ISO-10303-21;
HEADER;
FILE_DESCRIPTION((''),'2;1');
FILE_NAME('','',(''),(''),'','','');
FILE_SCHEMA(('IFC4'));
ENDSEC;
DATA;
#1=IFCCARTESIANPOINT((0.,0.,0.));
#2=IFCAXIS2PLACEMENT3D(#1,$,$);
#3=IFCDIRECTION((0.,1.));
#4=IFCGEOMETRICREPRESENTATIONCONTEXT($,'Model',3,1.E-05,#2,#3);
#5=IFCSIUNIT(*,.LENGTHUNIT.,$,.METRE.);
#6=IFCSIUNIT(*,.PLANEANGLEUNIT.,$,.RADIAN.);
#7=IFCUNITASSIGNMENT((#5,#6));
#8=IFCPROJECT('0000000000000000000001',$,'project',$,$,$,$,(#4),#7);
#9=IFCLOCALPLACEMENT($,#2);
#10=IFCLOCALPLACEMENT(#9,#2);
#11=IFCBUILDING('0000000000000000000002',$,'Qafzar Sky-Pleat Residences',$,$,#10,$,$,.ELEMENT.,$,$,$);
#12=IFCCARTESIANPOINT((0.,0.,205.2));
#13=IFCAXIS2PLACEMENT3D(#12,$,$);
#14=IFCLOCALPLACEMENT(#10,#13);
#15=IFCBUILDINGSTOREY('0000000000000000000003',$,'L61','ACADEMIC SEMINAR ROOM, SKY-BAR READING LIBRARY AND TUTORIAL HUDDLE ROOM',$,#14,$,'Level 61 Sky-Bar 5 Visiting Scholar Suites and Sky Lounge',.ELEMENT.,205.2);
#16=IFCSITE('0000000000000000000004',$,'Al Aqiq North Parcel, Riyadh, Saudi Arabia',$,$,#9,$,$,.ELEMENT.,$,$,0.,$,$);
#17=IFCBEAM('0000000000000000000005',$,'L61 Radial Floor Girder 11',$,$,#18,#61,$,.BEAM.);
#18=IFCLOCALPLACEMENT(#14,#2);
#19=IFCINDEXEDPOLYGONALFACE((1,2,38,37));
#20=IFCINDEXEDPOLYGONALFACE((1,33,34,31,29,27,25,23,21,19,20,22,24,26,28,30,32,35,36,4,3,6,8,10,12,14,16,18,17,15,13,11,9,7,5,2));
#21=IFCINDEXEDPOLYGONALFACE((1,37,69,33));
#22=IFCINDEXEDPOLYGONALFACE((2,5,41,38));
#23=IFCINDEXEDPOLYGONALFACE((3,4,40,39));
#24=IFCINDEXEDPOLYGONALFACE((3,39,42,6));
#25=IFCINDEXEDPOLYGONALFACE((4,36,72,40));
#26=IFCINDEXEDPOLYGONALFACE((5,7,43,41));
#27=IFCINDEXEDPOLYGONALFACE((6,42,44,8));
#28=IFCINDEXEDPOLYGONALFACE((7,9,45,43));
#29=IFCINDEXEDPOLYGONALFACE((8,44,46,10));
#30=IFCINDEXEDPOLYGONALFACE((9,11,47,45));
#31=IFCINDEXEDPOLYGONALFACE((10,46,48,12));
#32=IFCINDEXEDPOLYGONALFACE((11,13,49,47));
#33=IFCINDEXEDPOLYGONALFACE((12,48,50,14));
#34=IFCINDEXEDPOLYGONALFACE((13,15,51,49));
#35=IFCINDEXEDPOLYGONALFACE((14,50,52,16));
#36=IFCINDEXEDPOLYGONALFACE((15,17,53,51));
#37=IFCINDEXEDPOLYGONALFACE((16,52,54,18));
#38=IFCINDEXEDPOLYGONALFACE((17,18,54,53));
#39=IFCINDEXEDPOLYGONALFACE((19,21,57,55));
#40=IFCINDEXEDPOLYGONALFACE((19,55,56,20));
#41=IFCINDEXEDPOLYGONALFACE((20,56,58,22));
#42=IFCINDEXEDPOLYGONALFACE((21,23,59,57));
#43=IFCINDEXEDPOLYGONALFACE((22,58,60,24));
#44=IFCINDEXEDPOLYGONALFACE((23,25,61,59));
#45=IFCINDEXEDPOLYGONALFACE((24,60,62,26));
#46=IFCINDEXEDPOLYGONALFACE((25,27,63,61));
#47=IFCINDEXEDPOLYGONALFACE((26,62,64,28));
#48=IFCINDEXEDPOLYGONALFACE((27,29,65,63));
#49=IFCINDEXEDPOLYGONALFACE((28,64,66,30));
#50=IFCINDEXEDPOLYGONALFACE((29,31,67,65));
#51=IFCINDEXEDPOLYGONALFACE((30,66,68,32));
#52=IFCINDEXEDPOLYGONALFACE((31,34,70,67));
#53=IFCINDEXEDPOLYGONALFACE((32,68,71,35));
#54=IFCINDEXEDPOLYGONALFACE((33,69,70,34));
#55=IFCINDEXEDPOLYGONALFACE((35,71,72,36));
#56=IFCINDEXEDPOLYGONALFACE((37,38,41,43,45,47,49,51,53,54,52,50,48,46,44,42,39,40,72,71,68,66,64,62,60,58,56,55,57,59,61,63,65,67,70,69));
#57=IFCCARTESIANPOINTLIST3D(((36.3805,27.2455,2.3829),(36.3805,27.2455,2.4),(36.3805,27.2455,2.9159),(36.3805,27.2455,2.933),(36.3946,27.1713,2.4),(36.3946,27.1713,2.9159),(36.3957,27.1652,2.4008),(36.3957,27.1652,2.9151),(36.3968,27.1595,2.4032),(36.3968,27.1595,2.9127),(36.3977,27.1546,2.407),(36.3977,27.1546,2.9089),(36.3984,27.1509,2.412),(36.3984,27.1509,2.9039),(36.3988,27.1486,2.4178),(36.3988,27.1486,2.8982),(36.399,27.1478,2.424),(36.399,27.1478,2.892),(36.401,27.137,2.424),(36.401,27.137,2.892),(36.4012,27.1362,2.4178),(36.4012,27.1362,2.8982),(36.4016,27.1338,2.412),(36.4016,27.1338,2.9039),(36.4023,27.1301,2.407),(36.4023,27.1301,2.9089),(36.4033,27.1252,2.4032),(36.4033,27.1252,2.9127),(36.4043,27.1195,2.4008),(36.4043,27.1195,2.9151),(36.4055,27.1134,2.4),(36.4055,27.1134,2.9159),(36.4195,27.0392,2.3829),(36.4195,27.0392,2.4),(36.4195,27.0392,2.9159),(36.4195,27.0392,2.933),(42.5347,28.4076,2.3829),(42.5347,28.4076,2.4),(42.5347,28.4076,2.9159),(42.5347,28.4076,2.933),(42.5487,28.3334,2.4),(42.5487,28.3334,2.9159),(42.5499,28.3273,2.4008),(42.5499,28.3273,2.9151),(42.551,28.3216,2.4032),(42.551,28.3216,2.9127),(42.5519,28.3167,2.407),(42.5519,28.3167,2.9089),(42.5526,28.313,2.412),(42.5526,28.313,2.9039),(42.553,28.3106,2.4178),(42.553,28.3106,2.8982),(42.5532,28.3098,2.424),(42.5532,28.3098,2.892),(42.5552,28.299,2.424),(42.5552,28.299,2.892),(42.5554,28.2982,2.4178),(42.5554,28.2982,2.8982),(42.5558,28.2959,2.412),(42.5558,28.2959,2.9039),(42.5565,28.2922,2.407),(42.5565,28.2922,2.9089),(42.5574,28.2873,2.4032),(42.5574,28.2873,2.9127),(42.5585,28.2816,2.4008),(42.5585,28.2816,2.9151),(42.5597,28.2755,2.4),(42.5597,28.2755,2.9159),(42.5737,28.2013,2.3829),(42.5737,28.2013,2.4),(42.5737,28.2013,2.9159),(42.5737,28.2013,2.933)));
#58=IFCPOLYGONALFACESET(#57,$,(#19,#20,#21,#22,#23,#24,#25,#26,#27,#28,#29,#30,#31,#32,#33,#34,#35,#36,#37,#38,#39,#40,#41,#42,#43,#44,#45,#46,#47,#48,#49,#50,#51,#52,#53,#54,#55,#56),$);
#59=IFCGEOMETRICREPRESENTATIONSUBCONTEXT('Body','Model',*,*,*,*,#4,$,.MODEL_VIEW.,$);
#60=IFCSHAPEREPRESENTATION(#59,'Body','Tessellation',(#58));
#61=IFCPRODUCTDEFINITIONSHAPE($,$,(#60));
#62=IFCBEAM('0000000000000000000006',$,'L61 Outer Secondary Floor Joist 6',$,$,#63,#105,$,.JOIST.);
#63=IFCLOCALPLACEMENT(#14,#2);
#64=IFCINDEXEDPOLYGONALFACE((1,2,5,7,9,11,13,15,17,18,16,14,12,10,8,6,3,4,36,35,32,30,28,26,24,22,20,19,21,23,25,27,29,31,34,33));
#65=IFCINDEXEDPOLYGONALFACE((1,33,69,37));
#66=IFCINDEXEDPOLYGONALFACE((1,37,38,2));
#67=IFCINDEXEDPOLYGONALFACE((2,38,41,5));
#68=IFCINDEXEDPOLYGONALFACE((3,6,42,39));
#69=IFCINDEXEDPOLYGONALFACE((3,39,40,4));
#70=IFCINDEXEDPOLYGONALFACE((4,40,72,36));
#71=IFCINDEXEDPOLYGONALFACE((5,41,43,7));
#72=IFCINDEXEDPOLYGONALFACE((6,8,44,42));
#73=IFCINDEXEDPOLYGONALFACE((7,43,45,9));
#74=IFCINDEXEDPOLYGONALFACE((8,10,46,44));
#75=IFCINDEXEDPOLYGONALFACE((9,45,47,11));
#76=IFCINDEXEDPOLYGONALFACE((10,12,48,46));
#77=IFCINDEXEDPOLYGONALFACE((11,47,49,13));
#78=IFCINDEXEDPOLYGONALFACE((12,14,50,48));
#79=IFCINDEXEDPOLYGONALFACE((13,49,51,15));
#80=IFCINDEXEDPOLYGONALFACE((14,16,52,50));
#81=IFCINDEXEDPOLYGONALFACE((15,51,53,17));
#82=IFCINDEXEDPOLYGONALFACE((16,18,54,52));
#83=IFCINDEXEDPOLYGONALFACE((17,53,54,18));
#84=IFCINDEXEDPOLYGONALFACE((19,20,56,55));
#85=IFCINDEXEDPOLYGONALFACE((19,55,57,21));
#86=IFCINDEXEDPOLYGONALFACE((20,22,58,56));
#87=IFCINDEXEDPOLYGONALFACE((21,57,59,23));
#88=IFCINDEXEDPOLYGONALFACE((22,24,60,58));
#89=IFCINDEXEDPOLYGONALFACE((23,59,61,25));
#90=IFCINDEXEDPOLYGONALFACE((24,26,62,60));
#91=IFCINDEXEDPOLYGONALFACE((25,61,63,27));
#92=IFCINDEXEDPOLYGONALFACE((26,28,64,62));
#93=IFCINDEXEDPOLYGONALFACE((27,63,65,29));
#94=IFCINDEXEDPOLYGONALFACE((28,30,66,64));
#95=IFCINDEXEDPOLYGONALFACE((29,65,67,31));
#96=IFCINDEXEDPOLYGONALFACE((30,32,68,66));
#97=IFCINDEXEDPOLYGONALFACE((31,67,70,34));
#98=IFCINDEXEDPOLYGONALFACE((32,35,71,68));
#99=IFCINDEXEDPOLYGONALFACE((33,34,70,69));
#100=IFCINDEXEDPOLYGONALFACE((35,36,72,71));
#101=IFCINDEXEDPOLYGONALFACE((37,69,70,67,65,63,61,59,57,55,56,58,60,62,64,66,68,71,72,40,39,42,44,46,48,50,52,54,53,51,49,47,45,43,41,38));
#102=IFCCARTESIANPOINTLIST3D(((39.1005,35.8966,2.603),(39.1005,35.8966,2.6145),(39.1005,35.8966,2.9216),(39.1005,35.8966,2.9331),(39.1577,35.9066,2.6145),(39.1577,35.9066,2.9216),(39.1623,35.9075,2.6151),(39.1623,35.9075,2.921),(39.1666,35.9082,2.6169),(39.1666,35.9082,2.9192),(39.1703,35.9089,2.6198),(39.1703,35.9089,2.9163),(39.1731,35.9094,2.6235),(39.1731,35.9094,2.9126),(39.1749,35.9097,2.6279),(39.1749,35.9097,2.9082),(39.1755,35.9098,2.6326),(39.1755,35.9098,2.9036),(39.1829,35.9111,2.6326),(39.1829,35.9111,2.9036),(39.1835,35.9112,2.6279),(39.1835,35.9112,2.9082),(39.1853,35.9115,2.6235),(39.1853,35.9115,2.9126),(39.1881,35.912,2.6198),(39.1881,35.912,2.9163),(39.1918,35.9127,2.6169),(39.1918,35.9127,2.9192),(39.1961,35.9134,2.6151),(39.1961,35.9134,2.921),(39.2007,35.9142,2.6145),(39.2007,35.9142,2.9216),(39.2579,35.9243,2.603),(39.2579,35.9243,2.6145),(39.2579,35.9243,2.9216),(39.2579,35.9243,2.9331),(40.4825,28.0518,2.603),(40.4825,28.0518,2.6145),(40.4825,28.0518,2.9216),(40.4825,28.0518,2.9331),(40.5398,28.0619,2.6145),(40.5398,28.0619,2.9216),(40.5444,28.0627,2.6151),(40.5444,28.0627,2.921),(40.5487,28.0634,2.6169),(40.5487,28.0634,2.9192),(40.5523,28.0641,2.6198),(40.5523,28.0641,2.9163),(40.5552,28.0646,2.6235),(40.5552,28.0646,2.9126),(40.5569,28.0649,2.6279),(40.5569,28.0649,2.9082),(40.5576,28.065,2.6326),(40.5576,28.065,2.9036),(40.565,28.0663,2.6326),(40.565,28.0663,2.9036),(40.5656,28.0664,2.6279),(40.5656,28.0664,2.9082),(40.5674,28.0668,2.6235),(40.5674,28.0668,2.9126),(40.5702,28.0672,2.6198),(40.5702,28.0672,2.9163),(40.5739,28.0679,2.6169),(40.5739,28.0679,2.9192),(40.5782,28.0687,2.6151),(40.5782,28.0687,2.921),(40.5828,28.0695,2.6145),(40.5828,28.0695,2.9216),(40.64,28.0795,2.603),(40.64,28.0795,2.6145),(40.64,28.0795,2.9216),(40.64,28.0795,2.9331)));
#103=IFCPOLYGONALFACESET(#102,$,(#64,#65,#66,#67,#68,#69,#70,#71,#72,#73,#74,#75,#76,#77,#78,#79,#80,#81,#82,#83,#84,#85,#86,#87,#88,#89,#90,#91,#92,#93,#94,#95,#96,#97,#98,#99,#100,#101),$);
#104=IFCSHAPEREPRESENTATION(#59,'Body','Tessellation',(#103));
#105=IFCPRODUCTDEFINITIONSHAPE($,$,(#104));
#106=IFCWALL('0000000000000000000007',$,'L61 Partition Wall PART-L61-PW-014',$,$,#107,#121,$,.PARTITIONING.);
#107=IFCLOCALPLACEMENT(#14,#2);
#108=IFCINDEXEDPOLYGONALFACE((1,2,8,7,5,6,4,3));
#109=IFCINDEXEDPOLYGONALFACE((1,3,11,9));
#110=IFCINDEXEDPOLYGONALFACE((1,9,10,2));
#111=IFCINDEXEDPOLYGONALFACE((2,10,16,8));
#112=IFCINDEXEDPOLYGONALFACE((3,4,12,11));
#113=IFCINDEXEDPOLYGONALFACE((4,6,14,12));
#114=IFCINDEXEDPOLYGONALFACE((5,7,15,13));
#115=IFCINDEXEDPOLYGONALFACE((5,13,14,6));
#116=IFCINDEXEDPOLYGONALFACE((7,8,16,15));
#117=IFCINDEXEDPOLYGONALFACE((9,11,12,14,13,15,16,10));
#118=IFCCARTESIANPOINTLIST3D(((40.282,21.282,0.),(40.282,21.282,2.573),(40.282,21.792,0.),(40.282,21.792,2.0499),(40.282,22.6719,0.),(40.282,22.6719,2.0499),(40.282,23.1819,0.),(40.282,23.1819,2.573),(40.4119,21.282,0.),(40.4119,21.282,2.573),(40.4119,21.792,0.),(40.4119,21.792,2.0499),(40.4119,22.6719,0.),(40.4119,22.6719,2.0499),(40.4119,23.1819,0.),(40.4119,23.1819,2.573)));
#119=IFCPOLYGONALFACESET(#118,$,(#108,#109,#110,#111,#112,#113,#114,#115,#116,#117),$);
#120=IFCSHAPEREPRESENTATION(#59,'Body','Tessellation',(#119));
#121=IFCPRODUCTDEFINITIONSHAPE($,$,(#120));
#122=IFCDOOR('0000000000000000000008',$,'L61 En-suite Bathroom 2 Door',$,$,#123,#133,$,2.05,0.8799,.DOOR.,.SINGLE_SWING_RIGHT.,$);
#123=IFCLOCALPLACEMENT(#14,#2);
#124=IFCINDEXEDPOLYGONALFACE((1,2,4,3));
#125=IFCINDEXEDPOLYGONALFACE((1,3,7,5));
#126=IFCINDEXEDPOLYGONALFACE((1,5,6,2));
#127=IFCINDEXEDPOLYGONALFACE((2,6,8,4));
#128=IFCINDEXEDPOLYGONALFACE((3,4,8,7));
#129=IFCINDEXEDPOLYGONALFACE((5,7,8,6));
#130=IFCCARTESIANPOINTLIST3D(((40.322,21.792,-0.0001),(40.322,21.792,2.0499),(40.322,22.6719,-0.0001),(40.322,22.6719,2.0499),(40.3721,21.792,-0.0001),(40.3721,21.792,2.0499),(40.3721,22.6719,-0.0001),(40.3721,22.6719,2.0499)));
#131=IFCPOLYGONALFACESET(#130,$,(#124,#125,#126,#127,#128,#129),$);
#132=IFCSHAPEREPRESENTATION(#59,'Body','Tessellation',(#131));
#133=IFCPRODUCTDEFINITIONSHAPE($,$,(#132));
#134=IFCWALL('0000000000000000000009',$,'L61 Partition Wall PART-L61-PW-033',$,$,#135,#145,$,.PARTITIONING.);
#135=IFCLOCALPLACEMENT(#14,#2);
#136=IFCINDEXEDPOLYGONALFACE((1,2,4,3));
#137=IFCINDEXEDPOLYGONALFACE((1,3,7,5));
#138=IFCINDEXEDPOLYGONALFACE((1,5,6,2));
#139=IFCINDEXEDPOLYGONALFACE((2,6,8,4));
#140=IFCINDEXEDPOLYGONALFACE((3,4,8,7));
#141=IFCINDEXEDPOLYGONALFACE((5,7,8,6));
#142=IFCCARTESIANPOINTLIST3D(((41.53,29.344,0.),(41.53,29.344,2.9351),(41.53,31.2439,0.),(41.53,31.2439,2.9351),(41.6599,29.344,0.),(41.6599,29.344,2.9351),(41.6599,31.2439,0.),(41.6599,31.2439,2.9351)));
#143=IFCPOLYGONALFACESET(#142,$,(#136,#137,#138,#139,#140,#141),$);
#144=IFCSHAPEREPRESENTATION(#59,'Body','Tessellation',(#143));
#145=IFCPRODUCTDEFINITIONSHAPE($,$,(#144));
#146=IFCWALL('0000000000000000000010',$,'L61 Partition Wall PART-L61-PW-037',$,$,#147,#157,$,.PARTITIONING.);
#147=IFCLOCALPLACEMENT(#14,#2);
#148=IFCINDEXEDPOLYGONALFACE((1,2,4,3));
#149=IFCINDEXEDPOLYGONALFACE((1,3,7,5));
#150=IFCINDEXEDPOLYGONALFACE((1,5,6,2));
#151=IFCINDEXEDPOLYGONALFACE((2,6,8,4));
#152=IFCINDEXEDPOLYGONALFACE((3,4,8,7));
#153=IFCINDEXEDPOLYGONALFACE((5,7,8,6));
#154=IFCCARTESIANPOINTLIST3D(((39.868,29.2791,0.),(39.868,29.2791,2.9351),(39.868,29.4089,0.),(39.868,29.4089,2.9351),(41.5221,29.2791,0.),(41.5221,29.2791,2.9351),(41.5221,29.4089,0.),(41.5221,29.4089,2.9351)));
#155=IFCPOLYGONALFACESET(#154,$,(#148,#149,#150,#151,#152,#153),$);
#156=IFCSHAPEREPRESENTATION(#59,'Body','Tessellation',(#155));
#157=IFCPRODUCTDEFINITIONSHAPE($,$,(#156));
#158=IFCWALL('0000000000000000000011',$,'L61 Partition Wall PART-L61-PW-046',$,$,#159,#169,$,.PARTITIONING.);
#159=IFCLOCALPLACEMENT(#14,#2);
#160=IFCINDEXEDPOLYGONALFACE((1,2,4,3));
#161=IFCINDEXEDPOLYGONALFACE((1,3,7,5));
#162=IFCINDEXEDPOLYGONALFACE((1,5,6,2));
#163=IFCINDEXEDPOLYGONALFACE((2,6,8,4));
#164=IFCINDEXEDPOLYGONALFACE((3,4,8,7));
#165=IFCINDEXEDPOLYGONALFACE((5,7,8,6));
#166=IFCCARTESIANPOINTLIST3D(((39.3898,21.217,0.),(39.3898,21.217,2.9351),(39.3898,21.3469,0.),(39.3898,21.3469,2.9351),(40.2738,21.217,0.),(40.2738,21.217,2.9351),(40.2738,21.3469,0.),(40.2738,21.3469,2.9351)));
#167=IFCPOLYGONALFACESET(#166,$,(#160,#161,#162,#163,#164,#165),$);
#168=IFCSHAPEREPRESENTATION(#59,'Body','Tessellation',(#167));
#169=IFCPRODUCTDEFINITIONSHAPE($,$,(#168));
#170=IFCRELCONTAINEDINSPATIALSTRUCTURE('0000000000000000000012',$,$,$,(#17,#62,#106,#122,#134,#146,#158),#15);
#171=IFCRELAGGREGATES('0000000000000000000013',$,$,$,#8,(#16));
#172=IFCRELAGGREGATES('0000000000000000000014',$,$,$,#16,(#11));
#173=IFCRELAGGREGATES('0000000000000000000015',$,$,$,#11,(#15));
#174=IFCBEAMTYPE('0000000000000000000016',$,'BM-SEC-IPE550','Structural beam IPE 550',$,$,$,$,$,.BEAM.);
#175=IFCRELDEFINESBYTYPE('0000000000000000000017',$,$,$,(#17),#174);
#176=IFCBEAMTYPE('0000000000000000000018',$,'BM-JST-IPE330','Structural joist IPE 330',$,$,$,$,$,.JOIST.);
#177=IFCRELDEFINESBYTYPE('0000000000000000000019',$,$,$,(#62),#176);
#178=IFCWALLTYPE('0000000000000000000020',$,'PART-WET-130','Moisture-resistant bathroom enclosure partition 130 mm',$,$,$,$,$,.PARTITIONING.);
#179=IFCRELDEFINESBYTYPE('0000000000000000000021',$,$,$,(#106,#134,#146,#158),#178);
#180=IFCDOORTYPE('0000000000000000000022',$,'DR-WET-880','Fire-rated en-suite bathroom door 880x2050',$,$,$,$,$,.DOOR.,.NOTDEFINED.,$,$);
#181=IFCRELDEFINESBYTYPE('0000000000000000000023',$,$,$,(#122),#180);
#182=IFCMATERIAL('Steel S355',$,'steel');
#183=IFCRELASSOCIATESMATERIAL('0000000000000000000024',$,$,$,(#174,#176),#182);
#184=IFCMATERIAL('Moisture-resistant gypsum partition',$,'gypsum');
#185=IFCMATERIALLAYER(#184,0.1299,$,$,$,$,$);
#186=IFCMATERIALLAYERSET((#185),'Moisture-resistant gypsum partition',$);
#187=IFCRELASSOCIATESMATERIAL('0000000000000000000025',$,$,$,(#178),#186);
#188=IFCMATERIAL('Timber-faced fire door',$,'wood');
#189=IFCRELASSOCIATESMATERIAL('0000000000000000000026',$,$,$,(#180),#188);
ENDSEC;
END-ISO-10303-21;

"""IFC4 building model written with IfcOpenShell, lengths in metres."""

from ifc_helpers import new_model, si_unit, direction, frame, frame_2d, origin, origin_2d, place, context, subcontext, project, spatial, rectangle, i_section, extrude, source, transform, mapped, material, layer, layer_set, material_profile, profile_set, type_object, element, fill, save


model = new_model("IFC4")

# Units and contexts
model_context = context("Model", 3, precision=1e-05, world=origin(), true_north=direction((0.0, 1.0)))
body_context = subcontext(model_context, "Body", "Model", "MODEL_VIEW")
ifc_project = project(units=[si_unit("LENGTHUNIT", "METRE"), si_unit("PLANEANGLEUNIT", "RADIAN")], contexts=[model_context])

# Site, building, storey
site_placement = place(None, origin())
site = spatial("IfcSite", under=ifc_project, at=site_placement, Name="Al Aqiq North Parcel, Riyadh, Saudi Arabia", CompositionType="ELEMENT", RefElevation=0.0)
building_placement = place(site_placement, origin())
building = spatial("IfcBuilding", under=site, at=building_placement, Name="Qafzar Sky-Pleat Residences", CompositionType="ELEMENT")
storey_placement = place(building_placement, frame((0.0, 0.0, 205.2)))
storey = spatial("IfcBuildingStorey", under=building, at=storey_placement, Name="L61", Description="ACADEMIC SEMINAR ROOM, SKY-BAR READING LIBRARY AND TUTORIAL HUDDLE ROOM", LongName="Level 61 Sky-Bar 5 Visiting Scholar Suites and Sky Lounge", CompositionType="ELEMENT", Elevation=205.2)

# Shared definitions
ifc_material_1 = material(Name="Steel S355", Category="steel")

# Beams
ifc_material_profile_1 = material_profile(ifc_material_1, i_section(OverallWidth=0.21, OverallDepth=0.55, WebThickness=0.011, FlangeThickness=0.0171, FilletRadius=0.0239, at=origin_2d()), Name="IPE 550")
ifc_profile_set_1 = profile_set([ifc_material_profile_1], Name="Steel S355")
beam_type_1 = type_object("IfcBeamType", Name="BM-SEC-IPE550", Description="Structural beam IPE 550", PredefinedType="BEAM", material=ifc_profile_set_1)
shared_shape_1 = source(origin(), body_context, "Body", "SweptSolid", [
    extrude(i_section(OverallWidth=0.21, OverallDepth=0.55, WebThickness=0.011, FlangeThickness=0.0171, FilletRadius=0.0239, at=origin_2d()), origin(), (0.0, 0.0, 1.0), 6.2629),
])
beam_1_placement = place(storey_placement, frame((42.5542, 28.3044, 2.658), z_axis=(-0.982635, -0.18555, 0.0), x_axis=(0.18555, -0.982635, 0.0)))
element("IfcBeam", 1, at=beam_1_placement, inside=storey, type_object=beam_type_1, Name="L61 Radial Floor Girder 11", PredefinedType="BEAM", context=body_context, shape_type="MappedRepresentation", body=[
    mapped(shared_shape_1, transform((0.0, 0.0, 0.0), x_axis=(1.0, 0.0, 0.0), y_axis=(0.0, 1.0, 0.0), z_axis=(0.0, 0.0, 1.0), scale=1.0)),
])
ifc_material_profile_2 = material_profile(ifc_material_1, i_section(OverallWidth=0.1599, OverallDepth=0.3301, WebThickness=0.0076, FlangeThickness=0.0115, FilletRadius=0.0181, at=origin_2d()), Name="IPE 330")
ifc_profile_set_2 = profile_set([ifc_material_profile_2], Name="Steel S355")
beam_type_2 = type_object("IfcBeamType", Name="BM-JST-IPE330", Description="Structural joist IPE 330", PredefinedType="JOIST", material=ifc_profile_set_2)
shared_shape_2 = source(origin(), body_context, "Body", "SweptSolid", [
    extrude(i_section(OverallWidth=0.1599, OverallDepth=0.3301, WebThickness=0.0076, FlangeThickness=0.0115, FilletRadius=0.0181, at=origin_2d()), origin(), (0.0, 0.0, 1.0), 7.9656),
])
beam_2_placement = place(storey_placement, frame((40.5613, 28.0657, 2.7681), z_axis=(-0.173507, 0.984833, 0.0), x_axis=(-0.984833, -0.173507, 0.0)))
element("IfcBeam", 2, at=beam_2_placement, inside=storey, type_object=beam_type_2, Name="L61 Outer Secondary Floor Joist 6", PredefinedType="JOIST", context=body_context, shape_type="MappedRepresentation", body=[
    mapped(shared_shape_2, transform((0.0, 0.0, 0.0), x_axis=(1.0, 0.0, 0.0), y_axis=(0.0, 1.0, 0.0), z_axis=(0.0, 0.0, 1.0), scale=1.0)),
])

# Wall, opening, door
ifc_material_2 = material(Name="Moisture-resistant gypsum partition", Category="gypsum")
ifc_layer_1 = layer(ifc_material_2, 0.1299)
ifc_layer_set_1 = layer_set([ifc_layer_1], Name="Moisture-resistant gypsum partition")
wall_type_1 = type_object("IfcWallType", Name="PART-WET-130", Description="Moisture-resistant bathroom enclosure partition 130 mm", PredefinedType="PARTITIONING", material=ifc_layer_set_1)
wall_1_placement = place(storey_placement, frame((40.3469, 21.282, 0.0), z_axis=(0.0, 0.0, 1.0), x_axis=(0.0, 1.0, 0.0)))
wall_1 = element("IfcWall", 3, at=wall_1_placement, inside=storey, type_object=wall_type_1, Name="L61 Partition Wall PART-L61-PW-014", PredefinedType="PARTITIONING", context=body_context, shape_type="SweptSolid", body=[
    extrude(rectangle(XDim=1.8999, YDim=0.1299, at=frame_2d((0.95, 0.0))), origin(), (0.0, 0.0, 1.0), 2.573),
])
opening_1_placement = place(wall_1_placement, frame((0.51, 0.0, 0.0)))
opening_1 = element("IfcOpeningElement", 4, at=opening_1_placement, cuts=wall_1, PredefinedType="OPENING", context=body_context, shape_type="SweptSolid", body=[
    extrude(rectangle(XDim=0.8799, YDim=2.05, at=frame_2d((0.4399, 1.0249))), frame((0.0, 0.075, 0.0), z_axis=(0.0, -1.0, 0.0), x_axis=(1.0, 0.0, 0.0)), (0.0, 0.0, 1.0), 0.1499),
])
ifc_material_3 = material(Name="Timber-faced fire door", Category="wood")
door_type = type_object("IfcDoorType", Name="DR-WET-880", Description="Fire-rated en-suite bathroom door 880x2050", OperationType="NOTDEFINED", PredefinedType="DOOR", material=ifc_material_3)
shared_shape_3 = source(origin(), body_context, "Body", "SweptSolid", [
    extrude(rectangle(XDim=0.8799, YDim=2.05, at=frame_2d((0.4399, 1.0249))), frame((0.0, 0.0249, 0.0), z_axis=(0.0, -1.0, 0.0), x_axis=(1.0, 0.0, 0.0)), (0.0, 0.0, 1.0), 0.05),
])
door_placement = place(opening_1_placement, origin())
door = element("IfcDoor", 5, at=door_placement, inside=storey, type_object=door_type, Name="L61 En-suite Bathroom 2 Door", OperationType="SINGLE_SWING_RIGHT", OverallHeight=2.05, OverallWidth=0.8799, PredefinedType="DOOR", context=body_context, shape_type="MappedRepresentation", body=[
    mapped(shared_shape_3, transform((0.0, 0.0, 0.0), x_axis=(1.0, 0.0, 0.0), y_axis=(0.0, 1.0, 0.0), z_axis=(0.0, 0.0, 1.0), scale=1.0)),
])
fill(opening_1, door)

# Walls
wall_2_placement = place(storey_placement, frame((41.595, 29.344, 0.0), z_axis=(0.0, 0.0, 1.0), x_axis=(0.0, 1.0, 0.0)))
element("IfcWall", 6, at=wall_2_placement, inside=storey, type_object=wall_type_1, Name="L61 Partition Wall PART-L61-PW-033", PredefinedType="PARTITIONING", context=body_context, shape_type="SweptSolid", body=[
    extrude(rectangle(XDim=1.8999, YDim=0.1299, at=frame_2d((0.95, 0.0))), origin(), (0.0, 0.0, 1.0), 2.9351),
])
wall_3_placement = place(storey_placement, frame((39.8679, 29.344, 0.0), z_axis=(0.0, 0.0, 1.0), x_axis=(1.0, 0.0, 0.0)))
element("IfcWall", 7, at=wall_3_placement, inside=storey, type_object=wall_type_1, Name="L61 Partition Wall PART-L61-PW-037", PredefinedType="PARTITIONING", context=body_context, shape_type="SweptSolid", body=[
    extrude(rectangle(XDim=1.6541, YDim=0.1299, at=frame_2d((0.8271, 0.0))), origin(), (0.0, 0.0, 1.0), 2.9351),
])
wall_4_placement = place(storey_placement, frame((39.3899, 21.282, 0.0), z_axis=(0.0, 0.0, 1.0), x_axis=(1.0, 0.0, 0.0)))
element("IfcWall", 8, at=wall_4_placement, inside=storey, type_object=wall_type_1, Name="L61 Partition Wall PART-L61-PW-046", PredefinedType="PARTITIONING", context=body_context, shape_type="SweptSolid", body=[
    extrude(rectangle(XDim=0.884, YDim=0.1299, at=frame_2d((0.4419, 0.0))), origin(), (0.0, 0.0, 1.0), 2.9351),
])

save(model, "model.ifc")
